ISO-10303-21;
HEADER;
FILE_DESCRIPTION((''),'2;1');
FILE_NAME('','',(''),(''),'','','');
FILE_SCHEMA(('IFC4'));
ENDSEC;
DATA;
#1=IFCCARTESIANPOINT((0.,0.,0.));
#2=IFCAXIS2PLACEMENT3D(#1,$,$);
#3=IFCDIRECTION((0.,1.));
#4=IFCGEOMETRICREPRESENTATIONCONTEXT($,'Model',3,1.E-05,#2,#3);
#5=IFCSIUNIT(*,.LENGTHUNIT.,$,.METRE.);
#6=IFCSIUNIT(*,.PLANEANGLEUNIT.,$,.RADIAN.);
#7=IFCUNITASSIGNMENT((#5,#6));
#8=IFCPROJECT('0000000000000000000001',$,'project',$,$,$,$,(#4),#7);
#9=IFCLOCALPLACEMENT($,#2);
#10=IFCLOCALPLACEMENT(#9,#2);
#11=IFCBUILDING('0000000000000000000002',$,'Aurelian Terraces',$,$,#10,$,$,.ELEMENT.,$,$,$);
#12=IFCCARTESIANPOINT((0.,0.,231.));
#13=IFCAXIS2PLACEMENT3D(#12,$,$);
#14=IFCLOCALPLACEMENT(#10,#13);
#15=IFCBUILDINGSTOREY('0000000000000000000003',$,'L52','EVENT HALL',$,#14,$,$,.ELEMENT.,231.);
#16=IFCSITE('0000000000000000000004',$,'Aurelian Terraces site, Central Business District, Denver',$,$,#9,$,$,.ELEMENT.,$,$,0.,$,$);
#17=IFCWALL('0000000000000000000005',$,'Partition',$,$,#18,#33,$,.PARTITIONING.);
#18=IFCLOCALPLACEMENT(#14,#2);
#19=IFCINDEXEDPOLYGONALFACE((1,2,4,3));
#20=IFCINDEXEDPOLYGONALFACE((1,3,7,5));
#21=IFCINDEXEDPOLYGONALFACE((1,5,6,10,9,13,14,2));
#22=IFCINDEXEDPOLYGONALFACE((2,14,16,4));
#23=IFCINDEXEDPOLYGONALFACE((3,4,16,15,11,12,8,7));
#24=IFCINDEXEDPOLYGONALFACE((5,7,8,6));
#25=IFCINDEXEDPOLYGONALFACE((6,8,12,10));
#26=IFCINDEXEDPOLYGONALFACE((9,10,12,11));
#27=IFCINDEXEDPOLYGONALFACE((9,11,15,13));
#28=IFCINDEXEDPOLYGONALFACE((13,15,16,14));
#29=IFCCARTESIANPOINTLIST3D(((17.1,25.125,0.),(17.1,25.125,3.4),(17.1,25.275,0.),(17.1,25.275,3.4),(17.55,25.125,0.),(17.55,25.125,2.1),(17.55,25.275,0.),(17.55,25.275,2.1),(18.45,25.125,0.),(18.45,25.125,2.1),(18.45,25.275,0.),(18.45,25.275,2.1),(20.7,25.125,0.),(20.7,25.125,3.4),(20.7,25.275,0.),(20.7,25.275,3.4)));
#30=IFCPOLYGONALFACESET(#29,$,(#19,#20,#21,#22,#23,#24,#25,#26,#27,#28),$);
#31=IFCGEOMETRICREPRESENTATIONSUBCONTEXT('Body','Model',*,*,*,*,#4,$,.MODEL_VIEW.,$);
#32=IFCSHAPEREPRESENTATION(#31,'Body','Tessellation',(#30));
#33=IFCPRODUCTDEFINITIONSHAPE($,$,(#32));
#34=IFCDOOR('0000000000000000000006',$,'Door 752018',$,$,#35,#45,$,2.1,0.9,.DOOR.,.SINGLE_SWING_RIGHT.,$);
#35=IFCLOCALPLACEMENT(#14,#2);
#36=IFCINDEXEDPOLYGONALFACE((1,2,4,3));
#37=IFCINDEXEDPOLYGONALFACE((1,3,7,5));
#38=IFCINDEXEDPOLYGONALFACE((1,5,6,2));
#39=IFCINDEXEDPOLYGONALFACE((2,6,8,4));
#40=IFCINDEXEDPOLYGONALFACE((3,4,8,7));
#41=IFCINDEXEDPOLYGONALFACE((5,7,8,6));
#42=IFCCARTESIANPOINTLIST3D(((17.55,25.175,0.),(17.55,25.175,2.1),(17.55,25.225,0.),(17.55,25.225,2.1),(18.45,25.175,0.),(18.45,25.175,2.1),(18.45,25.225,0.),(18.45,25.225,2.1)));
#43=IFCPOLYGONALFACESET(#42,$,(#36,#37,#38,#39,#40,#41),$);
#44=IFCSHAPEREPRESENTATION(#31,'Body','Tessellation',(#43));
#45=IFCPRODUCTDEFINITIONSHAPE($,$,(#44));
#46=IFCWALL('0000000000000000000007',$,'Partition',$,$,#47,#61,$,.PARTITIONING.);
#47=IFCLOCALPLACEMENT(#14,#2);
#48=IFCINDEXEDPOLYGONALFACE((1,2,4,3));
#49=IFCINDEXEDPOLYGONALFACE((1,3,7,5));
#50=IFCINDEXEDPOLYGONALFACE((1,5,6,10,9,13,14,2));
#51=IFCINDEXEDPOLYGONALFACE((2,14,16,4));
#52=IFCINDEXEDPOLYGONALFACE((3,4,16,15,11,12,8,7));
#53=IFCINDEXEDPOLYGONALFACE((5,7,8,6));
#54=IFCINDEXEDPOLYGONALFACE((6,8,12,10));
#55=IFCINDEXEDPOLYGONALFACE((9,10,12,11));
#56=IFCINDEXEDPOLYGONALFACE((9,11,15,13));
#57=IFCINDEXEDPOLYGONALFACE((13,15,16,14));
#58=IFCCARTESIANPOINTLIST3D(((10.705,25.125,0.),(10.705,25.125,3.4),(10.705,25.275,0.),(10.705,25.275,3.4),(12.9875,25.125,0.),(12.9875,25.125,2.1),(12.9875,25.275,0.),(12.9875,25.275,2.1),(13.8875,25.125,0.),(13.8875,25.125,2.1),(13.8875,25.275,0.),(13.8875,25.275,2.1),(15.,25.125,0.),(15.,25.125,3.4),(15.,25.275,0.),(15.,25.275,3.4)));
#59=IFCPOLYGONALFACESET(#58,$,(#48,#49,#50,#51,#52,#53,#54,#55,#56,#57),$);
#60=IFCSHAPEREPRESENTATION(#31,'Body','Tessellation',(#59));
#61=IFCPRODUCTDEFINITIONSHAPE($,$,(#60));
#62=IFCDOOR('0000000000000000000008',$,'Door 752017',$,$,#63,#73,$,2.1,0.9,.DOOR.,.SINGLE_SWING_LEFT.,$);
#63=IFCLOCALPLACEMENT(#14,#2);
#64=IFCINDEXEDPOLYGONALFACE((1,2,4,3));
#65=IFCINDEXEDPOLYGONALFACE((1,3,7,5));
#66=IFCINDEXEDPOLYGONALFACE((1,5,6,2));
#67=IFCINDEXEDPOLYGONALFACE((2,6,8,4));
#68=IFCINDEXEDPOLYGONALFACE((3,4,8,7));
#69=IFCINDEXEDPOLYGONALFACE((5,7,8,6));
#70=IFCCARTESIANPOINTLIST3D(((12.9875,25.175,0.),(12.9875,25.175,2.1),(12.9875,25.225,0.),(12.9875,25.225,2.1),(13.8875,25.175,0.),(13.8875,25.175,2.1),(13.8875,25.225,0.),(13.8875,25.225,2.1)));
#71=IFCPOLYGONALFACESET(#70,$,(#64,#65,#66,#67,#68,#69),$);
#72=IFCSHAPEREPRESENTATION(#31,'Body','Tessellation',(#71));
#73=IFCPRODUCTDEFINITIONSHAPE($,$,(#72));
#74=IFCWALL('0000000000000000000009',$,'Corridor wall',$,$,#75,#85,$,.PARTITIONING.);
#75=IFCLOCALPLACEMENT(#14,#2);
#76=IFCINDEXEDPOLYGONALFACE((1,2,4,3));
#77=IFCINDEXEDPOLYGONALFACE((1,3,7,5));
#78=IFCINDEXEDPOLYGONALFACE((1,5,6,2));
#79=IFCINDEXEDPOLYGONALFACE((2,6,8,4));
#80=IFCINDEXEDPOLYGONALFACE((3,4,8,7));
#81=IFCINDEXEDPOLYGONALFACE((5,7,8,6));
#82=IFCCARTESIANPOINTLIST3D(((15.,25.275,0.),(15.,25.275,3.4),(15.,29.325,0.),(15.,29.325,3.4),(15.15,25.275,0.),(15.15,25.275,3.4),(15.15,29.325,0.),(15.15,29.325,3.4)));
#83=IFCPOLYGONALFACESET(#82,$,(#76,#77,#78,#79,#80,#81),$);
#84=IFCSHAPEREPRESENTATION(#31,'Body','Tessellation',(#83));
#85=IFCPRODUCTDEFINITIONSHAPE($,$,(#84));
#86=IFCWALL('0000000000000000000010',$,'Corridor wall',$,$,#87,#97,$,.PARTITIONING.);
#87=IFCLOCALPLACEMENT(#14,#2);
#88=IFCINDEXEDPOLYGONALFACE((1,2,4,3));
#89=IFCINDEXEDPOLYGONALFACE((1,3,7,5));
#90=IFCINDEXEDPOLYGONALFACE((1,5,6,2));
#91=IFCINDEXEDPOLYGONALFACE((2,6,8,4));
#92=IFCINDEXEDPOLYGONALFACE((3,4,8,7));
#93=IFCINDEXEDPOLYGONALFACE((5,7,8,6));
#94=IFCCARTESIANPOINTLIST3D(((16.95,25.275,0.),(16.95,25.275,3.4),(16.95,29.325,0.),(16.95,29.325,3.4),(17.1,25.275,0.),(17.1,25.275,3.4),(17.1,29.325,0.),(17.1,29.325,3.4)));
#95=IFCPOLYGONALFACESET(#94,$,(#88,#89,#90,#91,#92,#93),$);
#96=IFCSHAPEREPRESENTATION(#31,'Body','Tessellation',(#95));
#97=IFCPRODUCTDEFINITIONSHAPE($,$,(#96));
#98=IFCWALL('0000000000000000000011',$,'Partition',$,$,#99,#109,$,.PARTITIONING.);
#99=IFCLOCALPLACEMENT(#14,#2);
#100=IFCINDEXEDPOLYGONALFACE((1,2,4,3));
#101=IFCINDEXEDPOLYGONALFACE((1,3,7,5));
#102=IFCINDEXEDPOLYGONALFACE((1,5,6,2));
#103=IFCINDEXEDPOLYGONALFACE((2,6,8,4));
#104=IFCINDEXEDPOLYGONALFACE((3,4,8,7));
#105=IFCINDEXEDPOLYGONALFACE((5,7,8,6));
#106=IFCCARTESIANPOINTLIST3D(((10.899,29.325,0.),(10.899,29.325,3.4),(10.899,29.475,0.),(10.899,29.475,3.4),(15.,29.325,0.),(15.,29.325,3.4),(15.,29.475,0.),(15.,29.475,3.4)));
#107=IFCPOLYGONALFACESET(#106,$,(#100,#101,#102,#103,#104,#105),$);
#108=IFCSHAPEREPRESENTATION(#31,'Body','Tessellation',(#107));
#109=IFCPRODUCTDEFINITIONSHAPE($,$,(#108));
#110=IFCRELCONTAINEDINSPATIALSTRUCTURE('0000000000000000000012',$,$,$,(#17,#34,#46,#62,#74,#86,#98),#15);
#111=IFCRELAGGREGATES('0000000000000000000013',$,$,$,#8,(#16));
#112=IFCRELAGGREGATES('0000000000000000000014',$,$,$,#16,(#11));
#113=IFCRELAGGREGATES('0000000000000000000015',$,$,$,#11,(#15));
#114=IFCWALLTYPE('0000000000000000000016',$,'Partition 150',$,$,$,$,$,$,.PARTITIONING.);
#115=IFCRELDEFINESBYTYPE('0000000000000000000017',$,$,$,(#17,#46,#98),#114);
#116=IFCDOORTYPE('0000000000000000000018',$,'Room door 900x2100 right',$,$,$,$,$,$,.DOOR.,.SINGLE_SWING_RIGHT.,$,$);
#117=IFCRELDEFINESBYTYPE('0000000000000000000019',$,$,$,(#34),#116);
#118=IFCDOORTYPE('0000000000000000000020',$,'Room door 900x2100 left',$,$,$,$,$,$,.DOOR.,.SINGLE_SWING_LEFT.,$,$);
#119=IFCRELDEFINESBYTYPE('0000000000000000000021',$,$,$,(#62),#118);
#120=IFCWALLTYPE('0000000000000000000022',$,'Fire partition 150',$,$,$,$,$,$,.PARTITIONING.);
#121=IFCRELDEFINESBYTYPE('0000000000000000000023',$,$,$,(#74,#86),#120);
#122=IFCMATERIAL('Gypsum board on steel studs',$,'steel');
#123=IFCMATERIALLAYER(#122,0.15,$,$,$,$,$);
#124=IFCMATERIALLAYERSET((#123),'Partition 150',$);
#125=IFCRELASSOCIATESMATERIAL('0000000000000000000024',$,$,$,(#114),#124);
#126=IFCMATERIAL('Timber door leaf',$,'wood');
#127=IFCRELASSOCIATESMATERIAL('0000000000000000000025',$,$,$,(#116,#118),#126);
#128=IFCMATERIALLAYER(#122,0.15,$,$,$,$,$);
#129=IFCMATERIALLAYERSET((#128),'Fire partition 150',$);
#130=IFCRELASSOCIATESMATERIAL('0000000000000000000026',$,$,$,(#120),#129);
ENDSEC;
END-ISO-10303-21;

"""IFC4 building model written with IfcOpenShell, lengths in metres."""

from ifc_helpers import new_model, si_unit, direction, frame, frame_2d, origin, place, context, subcontext, project, spatial, rectangle, extrude, source, transform, mapped, material, layer, layer_set, type_object, element, fill, save


model = new_model("IFC4")

# Units and contexts
model_context = context("Model", 3, precision=1e-05, world=origin(), true_north=direction((0.0, 1.0)))
body_context = subcontext(model_context, "Body", "Model", "MODEL_VIEW")
ifc_project = project(units=[si_unit("LENGTHUNIT", "METRE"), si_unit("PLANEANGLEUNIT", "RADIAN")], contexts=[model_context])

# Site, building, storey
site_placement = place(None, origin())
site = spatial("IfcSite", under=ifc_project, at=site_placement, Name="Aurelian Terraces site, Central Business District, Denver", CompositionType="ELEMENT", RefElevation=0.0)
building_placement = place(site_placement, origin())
building = spatial("IfcBuilding", under=site, at=building_placement, Name="Aurelian Terraces", CompositionType="ELEMENT")
storey_placement = place(building_placement, frame((0.0, 0.0, 231.0)))
storey = spatial("IfcBuildingStorey", under=building, at=storey_placement, Name="L52", Description="EVENT HALL", CompositionType="ELEMENT", Elevation=231.0)

# Shared definitions
ifc_material_1 = material(Name="Gypsum board on steel studs", Category="steel")
shared_shape_1 = source(origin(), body_context, "Body", "SweptSolid", [
    extrude(rectangle(XDim=0.9, YDim=2.1, at=frame_2d((0.45, 1.05))), frame((0.0, 0.025, 0.0), z_axis=(0.0, -1.0, 0.0), x_axis=(1.0, 0.0, 0.0)), (0.0, 0.0, 1.0), 0.05),
])

# Walls, openings, doors
ifc_layer_1 = layer(ifc_material_1, 0.15)
ifc_layer_set_1 = layer_set([ifc_layer_1], Name="Partition 150")
wall_type_1 = type_object("IfcWallType", Name="Partition 150", PredefinedType="PARTITIONING", material=ifc_layer_set_1)
shared_shape_2 = source(origin(), body_context, "Body", "SweptSolid", [
    extrude(rectangle(XDim=3.6, YDim=0.15, at=frame_2d((1.8, 0.0))), origin(), (0.0, 0.0, 1.0), 3.4),
])
wall_1_placement = place(storey_placement, frame((17.1, 25.2, 0.0), z_axis=(0.0, 0.0, 1.0), x_axis=(1.0, 0.0, 0.0)))
wall_1 = element("IfcWall", 1, at=wall_1_placement, inside=storey, type_object=wall_type_1, Name="Partition", PredefinedType="PARTITIONING", context=body_context, shape_type="MappedRepresentation", body=[
    mapped(shared_shape_2, transform((0.0, 0.0, 0.0), scale=1.0)),
])
shared_shape_3 = source(origin(), body_context, "Body", "SweptSolid", [
    extrude(rectangle(XDim=0.9, YDim=2.1, at=frame_2d((0.45, 1.05))), frame((0.0, 0.085, 0.0), z_axis=(0.0, -1.0, 0.0), x_axis=(1.0, 0.0, 0.0)), (0.0, 0.0, 1.0), 0.17),
])
opening_1_placement = place(wall_1_placement, frame((0.45, 0.0, 0.0)))
opening_1 = element("IfcOpeningElement", 2, at=opening_1_placement, cuts=wall_1, PredefinedType="OPENING", context=body_context, shape_type="MappedRepresentation", body=[
    mapped(shared_shape_3, transform((0.0, 0.0, 0.0), scale=1.0)),
])
ifc_material_2 = material(Name="Timber door leaf", Category="wood")
door_type_1 = type_object("IfcDoorType", Name="Room door 900x2100 right", OperationType="SINGLE_SWING_RIGHT", PredefinedType="DOOR", material=ifc_material_2)
door_1_placement = place(opening_1_placement, origin())
door_1 = element("IfcDoor", 3, at=door_1_placement, inside=storey, type_object=door_type_1, Name="Door 752018", OperationType="SINGLE_SWING_RIGHT", OverallHeight=2.1, OverallWidth=0.9, PredefinedType="DOOR", context=body_context, shape_type="MappedRepresentation", body=[
    mapped(shared_shape_1, transform((0.0, 0.0, 0.0), scale=1.0)),
])
fill(opening_1, door_1)
shared_shape_4 = source(origin(), body_context, "Body", "SweptSolid", [
    extrude(rectangle(XDim=4.295, YDim=0.15, at=frame_2d((2.1475, 0.0))), origin(), (0.0, 0.0, 1.0), 3.4),
])
wall_2_placement = place(storey_placement, frame((10.705, 25.2, 0.0), z_axis=(0.0, 0.0, 1.0), x_axis=(1.0, 0.0, 0.0)))
wall_2 = element("IfcWall", 4, at=wall_2_placement, inside=storey, type_object=wall_type_1, Name="Partition", PredefinedType="PARTITIONING", context=body_context, shape_type="MappedRepresentation", body=[
    mapped(shared_shape_4, transform((0.0, 0.0, 0.0), scale=1.0)),
])
opening_2_placement = place(wall_2_placement, frame((2.2825, 0.0, 0.0)))
opening_2 = element("IfcOpeningElement", 5, at=opening_2_placement, cuts=wall_2, PredefinedType="OPENING", context=body_context, shape_type="MappedRepresentation", body=[
    mapped(shared_shape_3, transform((0.0, 0.0, 0.0), scale=1.0)),
])
door_type_2 = type_object("IfcDoorType", Name="Room door 900x2100 left", OperationType="SINGLE_SWING_LEFT", PredefinedType="DOOR", material=ifc_material_2)
door_2_placement = place(opening_2_placement, origin())
door_2 = element("IfcDoor", 6, at=door_2_placement, inside=storey, type_object=door_type_2, Name="Door 752017", OperationType="SINGLE_SWING_LEFT", OverallHeight=2.1, OverallWidth=0.9, PredefinedType="DOOR", context=body_context, shape_type="MappedRepresentation", body=[
    mapped(shared_shape_1, transform((0.0, 0.0, 0.0), scale=1.0)),
])
fill(opening_2, door_2)

# Walls
ifc_layer_2 = layer(ifc_material_1, 0.15)
ifc_layer_set_2 = layer_set([ifc_layer_2], Name="Fire partition 150")
wall_type_2 = type_object("IfcWallType", Name="Fire partition 150", PredefinedType="PARTITIONING", material=ifc_layer_set_2)
shared_shape_5 = source(origin(), body_context, "Body", "SweptSolid", [
    extrude(rectangle(XDim=4.05, YDim=0.15, at=frame_2d((2.025, 0.0))), origin(), (0.0, 0.0, 1.0), 3.4),
])
for number, where, z_axis, x_axis, name in (
    (7, (15.075, 25.275, 0.0), (0.0, 0.0, 1.0), (0.0, 1.0, 0.0), "Corridor wall"),
    (8, (17.025, 29.325, 0.0), (0.0, 0.0, 1.0), (0.0, -1.0, 0.0), "Corridor wall"),
):
    element("IfcWall", number, at=place(storey_placement, frame(where, z_axis=z_axis, x_axis=x_axis)), inside=storey, type_object=wall_type_2, Name=name, PredefinedType="PARTITIONING", context=body_context, shape_type="MappedRepresentation", body=[
        mapped(shared_shape_5, transform((0.0, 0.0, 0.0), scale=1.0)),
    ])
shared_shape_6 = source(origin(), body_context, "Body", "SweptSolid", [
    extrude(rectangle(XDim=4.101, YDim=0.15, at=frame_2d((2.0505, 0.0))), origin(), (0.0, 0.0, 1.0), 3.4),
])
wall_3_placement = place(storey_placement, frame((15.0, 29.4, 0.0), z_axis=(0.0, 0.0, 1.0), x_axis=(-1.0, 0.0, 0.0)))
element("IfcWall", 9, at=wall_3_placement, inside=storey, type_object=wall_type_1, Name="Partition", PredefinedType="PARTITIONING", context=body_context, shape_type="MappedRepresentation", body=[
    mapped(shared_shape_6, transform((0.0, 0.0, 0.0), scale=1.0)),
])

save(model, "model.ifc")
